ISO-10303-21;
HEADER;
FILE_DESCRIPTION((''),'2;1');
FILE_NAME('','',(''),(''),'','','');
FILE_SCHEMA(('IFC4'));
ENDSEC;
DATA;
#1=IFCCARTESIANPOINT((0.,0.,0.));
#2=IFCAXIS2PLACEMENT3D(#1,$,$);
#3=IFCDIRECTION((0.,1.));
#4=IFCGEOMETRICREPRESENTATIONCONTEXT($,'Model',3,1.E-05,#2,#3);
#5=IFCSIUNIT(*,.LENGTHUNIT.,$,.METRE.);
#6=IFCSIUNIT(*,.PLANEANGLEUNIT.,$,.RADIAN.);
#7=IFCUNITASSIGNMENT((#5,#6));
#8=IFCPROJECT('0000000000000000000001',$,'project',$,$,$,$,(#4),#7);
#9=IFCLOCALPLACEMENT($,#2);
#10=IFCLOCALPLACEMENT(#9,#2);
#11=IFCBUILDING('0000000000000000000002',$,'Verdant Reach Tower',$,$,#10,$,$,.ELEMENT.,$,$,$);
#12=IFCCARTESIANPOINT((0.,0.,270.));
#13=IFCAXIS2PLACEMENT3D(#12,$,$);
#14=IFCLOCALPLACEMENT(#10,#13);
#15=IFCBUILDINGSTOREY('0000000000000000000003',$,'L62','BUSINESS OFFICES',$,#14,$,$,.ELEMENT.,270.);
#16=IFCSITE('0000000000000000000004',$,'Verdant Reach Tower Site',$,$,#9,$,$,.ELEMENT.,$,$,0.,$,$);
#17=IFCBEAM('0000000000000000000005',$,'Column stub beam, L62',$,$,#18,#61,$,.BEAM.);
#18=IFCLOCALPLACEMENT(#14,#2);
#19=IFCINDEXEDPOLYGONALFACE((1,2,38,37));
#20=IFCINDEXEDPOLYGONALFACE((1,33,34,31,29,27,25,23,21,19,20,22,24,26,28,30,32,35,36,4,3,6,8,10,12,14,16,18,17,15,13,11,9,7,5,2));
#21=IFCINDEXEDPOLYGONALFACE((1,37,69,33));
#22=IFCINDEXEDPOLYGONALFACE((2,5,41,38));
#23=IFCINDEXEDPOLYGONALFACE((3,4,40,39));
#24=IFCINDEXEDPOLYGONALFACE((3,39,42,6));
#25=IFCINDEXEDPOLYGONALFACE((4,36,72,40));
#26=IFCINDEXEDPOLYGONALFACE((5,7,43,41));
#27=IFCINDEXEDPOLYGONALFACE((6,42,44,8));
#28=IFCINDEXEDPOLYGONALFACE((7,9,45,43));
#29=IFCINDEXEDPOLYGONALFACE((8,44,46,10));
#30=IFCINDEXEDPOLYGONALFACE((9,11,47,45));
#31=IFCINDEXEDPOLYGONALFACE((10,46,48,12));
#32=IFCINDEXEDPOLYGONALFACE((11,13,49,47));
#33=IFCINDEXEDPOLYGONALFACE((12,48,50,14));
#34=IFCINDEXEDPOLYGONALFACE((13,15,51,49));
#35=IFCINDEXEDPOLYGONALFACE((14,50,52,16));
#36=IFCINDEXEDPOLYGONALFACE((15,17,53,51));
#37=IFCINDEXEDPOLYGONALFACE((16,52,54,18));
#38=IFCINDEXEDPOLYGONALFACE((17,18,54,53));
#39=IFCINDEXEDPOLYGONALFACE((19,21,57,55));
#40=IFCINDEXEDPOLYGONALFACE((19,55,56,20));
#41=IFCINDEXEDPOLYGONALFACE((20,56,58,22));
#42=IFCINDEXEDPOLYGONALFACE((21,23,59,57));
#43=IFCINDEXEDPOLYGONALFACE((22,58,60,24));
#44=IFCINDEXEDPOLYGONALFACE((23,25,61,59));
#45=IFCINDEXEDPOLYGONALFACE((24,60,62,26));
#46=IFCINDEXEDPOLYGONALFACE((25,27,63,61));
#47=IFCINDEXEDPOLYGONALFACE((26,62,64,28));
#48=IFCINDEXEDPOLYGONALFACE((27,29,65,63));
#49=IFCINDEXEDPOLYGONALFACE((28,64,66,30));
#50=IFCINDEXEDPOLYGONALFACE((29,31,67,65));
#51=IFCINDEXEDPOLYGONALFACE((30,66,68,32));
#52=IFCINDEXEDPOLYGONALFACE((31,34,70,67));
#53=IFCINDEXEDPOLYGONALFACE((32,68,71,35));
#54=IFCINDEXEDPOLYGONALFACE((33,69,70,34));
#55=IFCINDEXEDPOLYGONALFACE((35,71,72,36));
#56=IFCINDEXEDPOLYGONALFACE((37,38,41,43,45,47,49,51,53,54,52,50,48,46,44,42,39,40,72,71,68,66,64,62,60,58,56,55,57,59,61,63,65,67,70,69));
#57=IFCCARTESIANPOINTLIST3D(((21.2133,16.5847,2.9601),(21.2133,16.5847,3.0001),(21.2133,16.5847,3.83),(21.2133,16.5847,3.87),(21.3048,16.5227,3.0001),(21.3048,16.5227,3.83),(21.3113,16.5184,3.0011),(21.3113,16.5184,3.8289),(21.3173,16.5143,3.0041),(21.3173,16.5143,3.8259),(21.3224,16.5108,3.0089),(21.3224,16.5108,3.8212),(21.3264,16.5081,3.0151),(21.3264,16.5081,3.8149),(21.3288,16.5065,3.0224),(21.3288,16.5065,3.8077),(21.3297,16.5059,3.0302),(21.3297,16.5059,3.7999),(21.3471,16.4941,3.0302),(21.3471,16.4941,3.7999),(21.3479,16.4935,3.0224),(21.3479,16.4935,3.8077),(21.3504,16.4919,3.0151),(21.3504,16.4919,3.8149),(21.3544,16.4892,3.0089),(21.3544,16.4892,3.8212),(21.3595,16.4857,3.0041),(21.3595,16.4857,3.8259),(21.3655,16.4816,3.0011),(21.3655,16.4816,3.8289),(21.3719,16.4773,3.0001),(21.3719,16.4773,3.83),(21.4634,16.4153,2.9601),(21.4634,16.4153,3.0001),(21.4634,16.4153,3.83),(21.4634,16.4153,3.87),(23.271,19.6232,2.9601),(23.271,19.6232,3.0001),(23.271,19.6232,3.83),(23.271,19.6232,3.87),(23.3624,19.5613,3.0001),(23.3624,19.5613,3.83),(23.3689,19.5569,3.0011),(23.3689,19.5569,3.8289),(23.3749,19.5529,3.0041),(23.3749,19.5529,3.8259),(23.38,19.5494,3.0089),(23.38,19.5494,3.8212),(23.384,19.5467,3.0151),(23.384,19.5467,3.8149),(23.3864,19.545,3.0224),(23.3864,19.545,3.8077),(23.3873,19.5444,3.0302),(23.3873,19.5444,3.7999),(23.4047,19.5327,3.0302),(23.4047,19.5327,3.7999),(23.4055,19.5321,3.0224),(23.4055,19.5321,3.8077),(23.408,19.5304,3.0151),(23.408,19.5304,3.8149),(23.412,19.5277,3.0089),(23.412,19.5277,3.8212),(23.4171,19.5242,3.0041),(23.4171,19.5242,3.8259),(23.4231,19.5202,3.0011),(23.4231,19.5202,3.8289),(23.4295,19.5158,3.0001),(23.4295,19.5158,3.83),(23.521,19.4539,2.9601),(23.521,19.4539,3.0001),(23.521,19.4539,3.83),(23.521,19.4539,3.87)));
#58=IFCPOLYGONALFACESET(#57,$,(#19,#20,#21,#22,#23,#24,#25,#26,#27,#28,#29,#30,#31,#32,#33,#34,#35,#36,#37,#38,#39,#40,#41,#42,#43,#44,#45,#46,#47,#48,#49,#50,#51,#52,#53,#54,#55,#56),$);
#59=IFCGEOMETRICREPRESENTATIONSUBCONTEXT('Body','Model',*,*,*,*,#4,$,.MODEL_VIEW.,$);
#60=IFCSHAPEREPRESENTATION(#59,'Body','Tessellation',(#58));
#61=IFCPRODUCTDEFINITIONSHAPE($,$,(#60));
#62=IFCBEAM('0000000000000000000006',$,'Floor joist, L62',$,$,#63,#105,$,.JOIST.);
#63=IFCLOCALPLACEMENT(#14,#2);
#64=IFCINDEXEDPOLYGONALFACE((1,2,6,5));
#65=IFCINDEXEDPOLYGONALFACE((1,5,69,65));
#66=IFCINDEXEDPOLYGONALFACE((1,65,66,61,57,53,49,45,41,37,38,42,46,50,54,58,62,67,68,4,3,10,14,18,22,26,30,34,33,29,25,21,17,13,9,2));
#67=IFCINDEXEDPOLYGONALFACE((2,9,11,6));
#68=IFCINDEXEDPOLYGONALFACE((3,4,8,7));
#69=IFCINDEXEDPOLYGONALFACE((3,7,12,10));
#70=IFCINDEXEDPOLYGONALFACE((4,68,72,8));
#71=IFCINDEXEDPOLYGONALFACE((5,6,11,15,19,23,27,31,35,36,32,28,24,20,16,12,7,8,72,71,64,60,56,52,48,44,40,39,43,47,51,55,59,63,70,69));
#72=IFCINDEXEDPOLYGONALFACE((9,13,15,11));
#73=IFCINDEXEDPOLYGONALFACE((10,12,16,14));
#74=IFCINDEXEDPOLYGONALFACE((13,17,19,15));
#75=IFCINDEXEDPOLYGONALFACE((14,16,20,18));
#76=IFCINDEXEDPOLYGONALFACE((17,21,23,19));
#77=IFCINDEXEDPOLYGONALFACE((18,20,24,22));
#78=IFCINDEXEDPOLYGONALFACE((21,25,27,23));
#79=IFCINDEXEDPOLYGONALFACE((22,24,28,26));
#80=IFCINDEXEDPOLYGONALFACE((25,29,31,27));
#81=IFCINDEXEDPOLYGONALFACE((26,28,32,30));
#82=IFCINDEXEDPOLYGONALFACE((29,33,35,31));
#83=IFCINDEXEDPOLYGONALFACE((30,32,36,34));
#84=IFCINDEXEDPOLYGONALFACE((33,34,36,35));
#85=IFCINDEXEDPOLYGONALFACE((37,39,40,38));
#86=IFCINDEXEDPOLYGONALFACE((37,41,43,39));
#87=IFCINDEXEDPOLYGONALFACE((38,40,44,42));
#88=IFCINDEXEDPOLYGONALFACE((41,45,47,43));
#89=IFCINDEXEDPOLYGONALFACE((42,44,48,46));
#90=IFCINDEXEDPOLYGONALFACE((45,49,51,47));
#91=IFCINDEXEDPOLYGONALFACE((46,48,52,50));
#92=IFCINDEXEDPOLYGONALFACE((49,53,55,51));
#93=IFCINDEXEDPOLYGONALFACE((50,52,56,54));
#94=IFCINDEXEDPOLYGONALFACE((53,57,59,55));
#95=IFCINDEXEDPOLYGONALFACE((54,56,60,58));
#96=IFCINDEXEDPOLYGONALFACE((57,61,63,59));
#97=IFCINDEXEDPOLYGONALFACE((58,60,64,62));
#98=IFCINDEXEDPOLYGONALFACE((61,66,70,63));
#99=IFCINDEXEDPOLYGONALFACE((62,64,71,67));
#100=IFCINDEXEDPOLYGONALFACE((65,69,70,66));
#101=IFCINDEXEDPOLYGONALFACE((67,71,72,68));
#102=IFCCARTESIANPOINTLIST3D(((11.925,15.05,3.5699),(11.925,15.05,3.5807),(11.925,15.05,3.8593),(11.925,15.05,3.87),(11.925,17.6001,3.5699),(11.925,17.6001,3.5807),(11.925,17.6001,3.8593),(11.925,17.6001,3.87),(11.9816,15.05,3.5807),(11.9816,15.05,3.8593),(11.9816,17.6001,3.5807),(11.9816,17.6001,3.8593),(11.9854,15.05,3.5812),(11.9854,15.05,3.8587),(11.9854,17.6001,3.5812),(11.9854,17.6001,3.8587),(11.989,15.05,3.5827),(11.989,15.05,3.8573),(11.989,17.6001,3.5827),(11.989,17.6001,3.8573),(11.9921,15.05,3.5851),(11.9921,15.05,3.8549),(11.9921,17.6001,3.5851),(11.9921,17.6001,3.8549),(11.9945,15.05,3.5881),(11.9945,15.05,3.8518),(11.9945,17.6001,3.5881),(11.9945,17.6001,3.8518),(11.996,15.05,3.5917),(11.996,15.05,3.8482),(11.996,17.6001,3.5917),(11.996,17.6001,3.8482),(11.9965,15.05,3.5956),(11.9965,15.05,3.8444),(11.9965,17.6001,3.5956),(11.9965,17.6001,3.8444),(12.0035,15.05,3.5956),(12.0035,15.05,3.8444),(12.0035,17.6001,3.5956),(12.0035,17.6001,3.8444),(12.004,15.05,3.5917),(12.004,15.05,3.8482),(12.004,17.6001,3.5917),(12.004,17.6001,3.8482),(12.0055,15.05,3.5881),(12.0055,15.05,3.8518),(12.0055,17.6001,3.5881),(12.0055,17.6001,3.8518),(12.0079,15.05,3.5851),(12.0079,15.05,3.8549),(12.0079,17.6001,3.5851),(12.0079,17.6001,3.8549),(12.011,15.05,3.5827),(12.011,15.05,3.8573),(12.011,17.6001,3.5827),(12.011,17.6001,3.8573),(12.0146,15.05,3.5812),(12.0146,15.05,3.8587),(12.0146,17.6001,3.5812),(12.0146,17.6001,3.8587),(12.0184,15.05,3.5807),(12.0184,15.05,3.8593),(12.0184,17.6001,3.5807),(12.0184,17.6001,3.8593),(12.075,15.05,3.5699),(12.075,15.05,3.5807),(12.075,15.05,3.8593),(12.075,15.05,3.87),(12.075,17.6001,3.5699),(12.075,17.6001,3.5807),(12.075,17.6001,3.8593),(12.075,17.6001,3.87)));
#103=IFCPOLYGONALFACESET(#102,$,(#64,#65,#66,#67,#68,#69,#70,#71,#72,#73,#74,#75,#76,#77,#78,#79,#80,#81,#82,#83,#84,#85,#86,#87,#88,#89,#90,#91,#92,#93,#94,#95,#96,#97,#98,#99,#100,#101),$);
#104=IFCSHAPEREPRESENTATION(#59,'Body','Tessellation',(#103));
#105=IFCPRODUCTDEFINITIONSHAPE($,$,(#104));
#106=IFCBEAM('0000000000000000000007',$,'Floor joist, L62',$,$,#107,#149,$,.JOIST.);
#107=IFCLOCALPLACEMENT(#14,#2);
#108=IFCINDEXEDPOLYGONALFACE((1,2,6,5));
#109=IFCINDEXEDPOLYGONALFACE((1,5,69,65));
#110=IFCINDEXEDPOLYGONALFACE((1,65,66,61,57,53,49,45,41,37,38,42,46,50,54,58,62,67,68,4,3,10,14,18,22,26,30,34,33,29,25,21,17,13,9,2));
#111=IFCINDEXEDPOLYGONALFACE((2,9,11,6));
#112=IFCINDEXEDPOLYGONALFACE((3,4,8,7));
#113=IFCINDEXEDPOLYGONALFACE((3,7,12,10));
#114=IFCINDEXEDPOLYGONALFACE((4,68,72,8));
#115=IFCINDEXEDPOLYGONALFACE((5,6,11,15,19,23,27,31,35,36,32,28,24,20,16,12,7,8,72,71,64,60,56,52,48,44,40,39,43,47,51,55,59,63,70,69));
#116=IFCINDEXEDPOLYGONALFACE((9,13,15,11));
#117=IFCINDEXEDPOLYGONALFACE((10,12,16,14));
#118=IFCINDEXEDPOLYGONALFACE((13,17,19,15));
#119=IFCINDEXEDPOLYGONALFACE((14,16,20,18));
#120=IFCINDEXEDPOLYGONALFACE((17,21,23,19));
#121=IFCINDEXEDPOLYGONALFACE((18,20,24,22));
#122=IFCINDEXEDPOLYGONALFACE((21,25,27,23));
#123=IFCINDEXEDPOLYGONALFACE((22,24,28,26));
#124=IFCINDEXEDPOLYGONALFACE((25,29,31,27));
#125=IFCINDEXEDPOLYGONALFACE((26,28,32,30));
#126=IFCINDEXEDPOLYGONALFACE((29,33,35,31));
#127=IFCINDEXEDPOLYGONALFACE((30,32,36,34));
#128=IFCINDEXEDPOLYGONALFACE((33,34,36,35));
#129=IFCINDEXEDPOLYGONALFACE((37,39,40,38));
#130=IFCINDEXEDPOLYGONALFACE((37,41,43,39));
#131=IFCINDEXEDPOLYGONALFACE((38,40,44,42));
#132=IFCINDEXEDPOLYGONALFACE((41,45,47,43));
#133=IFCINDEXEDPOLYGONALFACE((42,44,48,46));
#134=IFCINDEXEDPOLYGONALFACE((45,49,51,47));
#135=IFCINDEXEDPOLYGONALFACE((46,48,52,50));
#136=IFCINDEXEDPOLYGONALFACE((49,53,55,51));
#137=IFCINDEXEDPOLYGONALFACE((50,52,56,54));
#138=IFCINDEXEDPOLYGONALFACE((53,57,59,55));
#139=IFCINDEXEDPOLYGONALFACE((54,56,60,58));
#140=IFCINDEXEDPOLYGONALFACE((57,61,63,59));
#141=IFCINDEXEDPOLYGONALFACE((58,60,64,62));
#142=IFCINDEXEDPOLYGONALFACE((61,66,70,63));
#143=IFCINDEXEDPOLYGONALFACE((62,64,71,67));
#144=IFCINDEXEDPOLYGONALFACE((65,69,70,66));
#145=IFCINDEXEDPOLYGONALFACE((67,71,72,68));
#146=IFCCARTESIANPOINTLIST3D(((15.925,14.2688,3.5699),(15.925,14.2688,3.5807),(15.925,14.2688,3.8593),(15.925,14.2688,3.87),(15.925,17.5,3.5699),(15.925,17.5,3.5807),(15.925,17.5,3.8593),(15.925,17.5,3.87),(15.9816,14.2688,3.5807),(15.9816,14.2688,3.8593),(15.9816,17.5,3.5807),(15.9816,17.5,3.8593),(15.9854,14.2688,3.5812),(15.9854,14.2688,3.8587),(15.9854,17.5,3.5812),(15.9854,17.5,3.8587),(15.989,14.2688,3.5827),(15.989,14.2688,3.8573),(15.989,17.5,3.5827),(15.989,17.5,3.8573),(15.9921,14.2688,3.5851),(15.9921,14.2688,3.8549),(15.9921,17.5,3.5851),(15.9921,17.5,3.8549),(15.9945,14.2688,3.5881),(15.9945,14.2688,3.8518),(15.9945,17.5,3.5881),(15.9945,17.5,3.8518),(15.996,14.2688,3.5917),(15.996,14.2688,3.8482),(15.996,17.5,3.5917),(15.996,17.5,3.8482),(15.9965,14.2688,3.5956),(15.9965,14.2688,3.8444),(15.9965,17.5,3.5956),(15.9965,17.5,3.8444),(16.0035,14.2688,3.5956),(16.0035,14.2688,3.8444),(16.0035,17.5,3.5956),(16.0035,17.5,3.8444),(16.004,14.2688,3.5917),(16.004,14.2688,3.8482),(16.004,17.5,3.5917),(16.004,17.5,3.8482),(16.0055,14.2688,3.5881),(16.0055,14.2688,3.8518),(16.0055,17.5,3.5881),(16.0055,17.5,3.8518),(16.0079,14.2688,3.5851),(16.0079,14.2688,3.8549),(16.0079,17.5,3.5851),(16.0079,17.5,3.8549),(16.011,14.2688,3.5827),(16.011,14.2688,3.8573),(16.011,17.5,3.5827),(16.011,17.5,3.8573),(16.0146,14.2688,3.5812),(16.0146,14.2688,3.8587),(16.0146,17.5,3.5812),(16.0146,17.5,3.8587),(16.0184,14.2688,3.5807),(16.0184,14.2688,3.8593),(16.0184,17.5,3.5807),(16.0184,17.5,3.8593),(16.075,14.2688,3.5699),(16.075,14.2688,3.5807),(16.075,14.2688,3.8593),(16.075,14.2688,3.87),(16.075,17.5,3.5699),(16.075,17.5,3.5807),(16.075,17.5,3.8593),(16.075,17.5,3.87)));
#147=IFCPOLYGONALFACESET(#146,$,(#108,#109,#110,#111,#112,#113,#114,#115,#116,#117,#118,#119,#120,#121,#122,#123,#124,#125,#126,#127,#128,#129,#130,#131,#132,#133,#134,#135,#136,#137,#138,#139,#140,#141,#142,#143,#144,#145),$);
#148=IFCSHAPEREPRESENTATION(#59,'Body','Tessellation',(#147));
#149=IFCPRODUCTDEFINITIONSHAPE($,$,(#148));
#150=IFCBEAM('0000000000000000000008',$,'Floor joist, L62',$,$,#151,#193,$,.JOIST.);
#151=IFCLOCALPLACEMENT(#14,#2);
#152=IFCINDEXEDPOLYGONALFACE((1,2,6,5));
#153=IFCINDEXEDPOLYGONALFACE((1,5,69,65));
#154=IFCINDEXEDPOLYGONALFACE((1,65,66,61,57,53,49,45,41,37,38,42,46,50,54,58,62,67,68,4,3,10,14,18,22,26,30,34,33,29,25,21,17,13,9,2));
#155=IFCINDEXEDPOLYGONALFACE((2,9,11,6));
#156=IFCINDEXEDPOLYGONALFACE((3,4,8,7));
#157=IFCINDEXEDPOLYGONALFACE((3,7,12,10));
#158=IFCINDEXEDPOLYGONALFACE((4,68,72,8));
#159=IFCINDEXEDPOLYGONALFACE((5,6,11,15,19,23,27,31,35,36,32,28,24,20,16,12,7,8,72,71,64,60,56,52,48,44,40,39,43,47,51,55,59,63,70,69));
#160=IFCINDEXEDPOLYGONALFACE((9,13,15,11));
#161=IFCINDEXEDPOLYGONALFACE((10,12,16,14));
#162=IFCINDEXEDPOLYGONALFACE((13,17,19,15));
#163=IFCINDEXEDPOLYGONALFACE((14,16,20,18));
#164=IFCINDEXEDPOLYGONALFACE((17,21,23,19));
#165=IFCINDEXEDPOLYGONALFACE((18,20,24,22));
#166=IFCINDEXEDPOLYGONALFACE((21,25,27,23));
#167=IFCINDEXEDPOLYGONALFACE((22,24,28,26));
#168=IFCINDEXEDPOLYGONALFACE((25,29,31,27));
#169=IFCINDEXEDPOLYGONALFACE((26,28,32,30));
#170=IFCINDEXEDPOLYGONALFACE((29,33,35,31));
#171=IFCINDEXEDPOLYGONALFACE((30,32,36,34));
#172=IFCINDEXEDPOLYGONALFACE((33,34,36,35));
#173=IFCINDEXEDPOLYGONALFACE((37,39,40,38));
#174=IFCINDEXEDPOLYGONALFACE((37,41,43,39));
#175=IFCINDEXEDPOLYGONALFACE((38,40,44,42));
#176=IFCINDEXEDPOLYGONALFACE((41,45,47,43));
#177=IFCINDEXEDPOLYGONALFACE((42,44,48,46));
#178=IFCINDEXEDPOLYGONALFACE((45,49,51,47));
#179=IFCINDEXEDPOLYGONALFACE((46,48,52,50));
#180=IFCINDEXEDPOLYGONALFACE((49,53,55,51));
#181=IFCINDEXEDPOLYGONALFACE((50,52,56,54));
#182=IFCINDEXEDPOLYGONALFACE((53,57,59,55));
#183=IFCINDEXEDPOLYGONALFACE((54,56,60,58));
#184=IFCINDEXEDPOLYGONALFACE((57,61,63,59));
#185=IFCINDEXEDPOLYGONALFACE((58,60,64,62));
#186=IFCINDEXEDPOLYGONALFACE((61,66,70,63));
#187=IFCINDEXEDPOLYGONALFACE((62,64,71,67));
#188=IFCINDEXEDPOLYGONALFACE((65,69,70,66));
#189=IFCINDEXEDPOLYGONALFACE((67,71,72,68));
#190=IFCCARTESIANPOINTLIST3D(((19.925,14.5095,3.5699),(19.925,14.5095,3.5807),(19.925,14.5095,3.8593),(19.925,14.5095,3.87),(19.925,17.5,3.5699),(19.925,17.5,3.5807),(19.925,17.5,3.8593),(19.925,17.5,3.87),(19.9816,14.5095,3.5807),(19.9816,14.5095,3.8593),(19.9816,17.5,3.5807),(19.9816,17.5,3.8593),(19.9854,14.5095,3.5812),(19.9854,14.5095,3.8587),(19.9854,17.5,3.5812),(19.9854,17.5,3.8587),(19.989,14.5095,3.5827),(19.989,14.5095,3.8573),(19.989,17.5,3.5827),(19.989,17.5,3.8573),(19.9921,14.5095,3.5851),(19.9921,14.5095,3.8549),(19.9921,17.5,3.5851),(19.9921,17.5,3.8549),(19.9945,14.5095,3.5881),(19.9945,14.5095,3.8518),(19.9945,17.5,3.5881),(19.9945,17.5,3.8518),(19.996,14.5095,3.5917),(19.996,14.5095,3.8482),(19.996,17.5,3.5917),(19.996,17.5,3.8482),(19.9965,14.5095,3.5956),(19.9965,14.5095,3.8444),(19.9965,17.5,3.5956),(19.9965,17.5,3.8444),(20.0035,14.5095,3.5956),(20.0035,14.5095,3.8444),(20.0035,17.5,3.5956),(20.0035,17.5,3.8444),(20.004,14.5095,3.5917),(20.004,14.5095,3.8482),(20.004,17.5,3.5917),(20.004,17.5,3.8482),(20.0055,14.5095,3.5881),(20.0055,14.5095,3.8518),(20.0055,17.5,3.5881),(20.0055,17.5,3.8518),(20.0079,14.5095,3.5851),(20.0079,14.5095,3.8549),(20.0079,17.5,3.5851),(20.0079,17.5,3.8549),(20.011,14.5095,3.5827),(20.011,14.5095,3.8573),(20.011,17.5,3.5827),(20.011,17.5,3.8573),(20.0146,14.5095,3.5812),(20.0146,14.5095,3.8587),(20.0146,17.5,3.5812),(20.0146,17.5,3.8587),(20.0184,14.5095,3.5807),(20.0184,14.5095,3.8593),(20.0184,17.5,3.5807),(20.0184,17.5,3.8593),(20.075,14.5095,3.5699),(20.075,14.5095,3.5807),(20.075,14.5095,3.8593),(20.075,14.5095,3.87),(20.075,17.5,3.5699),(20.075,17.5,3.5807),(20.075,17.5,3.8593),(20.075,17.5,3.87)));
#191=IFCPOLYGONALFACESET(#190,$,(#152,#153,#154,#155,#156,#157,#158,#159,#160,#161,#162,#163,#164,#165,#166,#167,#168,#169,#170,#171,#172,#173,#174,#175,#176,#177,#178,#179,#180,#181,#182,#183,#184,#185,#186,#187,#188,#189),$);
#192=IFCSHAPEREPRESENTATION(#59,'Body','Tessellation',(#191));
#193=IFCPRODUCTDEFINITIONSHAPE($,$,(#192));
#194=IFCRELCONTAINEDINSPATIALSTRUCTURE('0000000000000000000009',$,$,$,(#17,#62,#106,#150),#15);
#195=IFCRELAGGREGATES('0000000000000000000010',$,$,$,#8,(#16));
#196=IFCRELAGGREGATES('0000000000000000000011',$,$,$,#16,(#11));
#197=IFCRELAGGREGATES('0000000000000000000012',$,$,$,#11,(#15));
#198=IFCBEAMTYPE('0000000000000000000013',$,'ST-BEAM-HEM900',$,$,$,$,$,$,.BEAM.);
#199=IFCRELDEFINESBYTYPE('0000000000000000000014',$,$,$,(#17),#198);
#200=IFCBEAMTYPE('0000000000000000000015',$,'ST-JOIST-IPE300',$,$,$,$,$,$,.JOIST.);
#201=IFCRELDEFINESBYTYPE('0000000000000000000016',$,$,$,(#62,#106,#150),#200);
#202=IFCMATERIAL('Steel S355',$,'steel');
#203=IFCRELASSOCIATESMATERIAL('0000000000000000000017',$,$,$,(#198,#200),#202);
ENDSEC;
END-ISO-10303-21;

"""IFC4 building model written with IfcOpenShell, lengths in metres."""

from ifc_helpers import new_model, si_unit, direction, frame, origin, origin_2d, place, context, subcontext, project, spatial, i_section, extrude, material, material_profile, profile_set, type_object, element, save


model = new_model("IFC4")

# Units and contexts
model_context = context("Model", 3, precision=1e-05, world=origin(), true_north=direction((0.0, 1.0)))
body_context = subcontext(model_context, "Body", "Model", "MODEL_VIEW")
ifc_project = project(units=[si_unit("LENGTHUNIT", "METRE"), si_unit("PLANEANGLEUNIT", "RADIAN")], contexts=[model_context])

# Site, building, storey
site_placement = place(None, origin())
site = spatial("IfcSite", under=ifc_project, at=site_placement, Name="Verdant Reach Tower Site", CompositionType="ELEMENT", RefElevation=0.0)
building_placement = place(site_placement, origin())
building = spatial("IfcBuilding", under=site, at=building_placement, Name="Verdant Reach Tower", CompositionType="ELEMENT")
storey_placement = place(building_placement, frame((0.0, 0.0, 270.0)))
storey = spatial("IfcBuildingStorey", under=building, at=storey_placement, Name="L62", Description="BUSINESS OFFICES", CompositionType="ELEMENT", Elevation=270.0)

# Beams
ifc_material_1 = material(Name="Steel S355", Category="steel")
ifc_material_profile_1 = material_profile(ifc_material_1, i_section(OverallWidth=0.302, OverallDepth=0.9099, WebThickness=0.021, FlangeThickness=0.04, FilletRadius=0.03, at=origin_2d()), Name="HEM 900")
ifc_profile_set_1 = profile_set([ifc_material_profile_1], Name="Steel S355")
beam_type_1 = type_object("IfcBeamType", Name="ST-BEAM-HEM900", PredefinedType="BEAM", material=ifc_profile_set_1)
beam_1_placement = place(storey_placement, frame((21.3384, 16.5, 3.415), z_axis=(0.560704, 0.828016, 0.0), x_axis=(-0.828016, 0.560704, 0.0)))
element("IfcBeam", 1, at=beam_1_placement, inside=storey, type_object=beam_type_1, Name="Column stub beam, L62", PredefinedType="BEAM", context=body_context, shape_type="SweptSolid", body=[
    extrude(i_section(OverallWidth=0.302, OverallDepth=0.9099, WebThickness=0.021, FlangeThickness=0.04, FilletRadius=0.03, at=origin_2d()), origin(), (0.0, 0.0, 1.0), 3.6697),
])
ifc_material_profile_2 = material_profile(ifc_material_1, i_section(OverallWidth=0.1499, OverallDepth=0.3, WebThickness=0.0071, FlangeThickness=0.0107, FilletRadius=0.0149, at=origin_2d()), Name="IPE 300")
ifc_profile_set_2 = profile_set([ifc_material_profile_2], Name="Steel S355")
beam_type_2 = type_object("IfcBeamType", Name="ST-JOIST-IPE300", PredefinedType="JOIST", material=ifc_profile_set_2)
beam_2_placement = place(storey_placement, frame((12.0, 17.6001, 3.72), z_axis=(0.0, -1.0, 0.0), x_axis=(1.0, 0.0, 0.0)))
element("IfcBeam", 2, at=beam_2_placement, inside=storey, type_object=beam_type_2, Name="Floor joist, L62", PredefinedType="JOIST", context=body_context, shape_type="SweptSolid", body=[
    extrude(i_section(OverallWidth=0.1499, OverallDepth=0.3, WebThickness=0.0071, FlangeThickness=0.0107, FilletRadius=0.0149, at=origin_2d()), origin(), (0.0, 0.0, 1.0), 2.55),
])
beam_3_placement = place(storey_placement, frame((16.0, 17.5, 3.72), z_axis=(0.0, -1.0, 0.0), x_axis=(1.0, 0.0, 0.0)))
element("IfcBeam", 3, at=beam_3_placement, inside=storey, type_object=beam_type_2, Name="Floor joist, L62", PredefinedType="JOIST", context=body_context, shape_type="SweptSolid", body=[
    extrude(i_section(OverallWidth=0.1499, OverallDepth=0.3, WebThickness=0.0071, FlangeThickness=0.0107, FilletRadius=0.0149, at=origin_2d()), origin(), (0.0, 0.0, 1.0), 3.2312),
])
beam_4_placement = place(storey_placement, frame((20.0, 17.5, 3.72), z_axis=(0.0, -1.0, 0.0), x_axis=(1.0, 0.0, 0.0)))
element("IfcBeam", 4, at=beam_4_placement, inside=storey, type_object=beam_type_2, Name="Floor joist, L62", PredefinedType="JOIST", context=body_context, shape_type="SweptSolid", body=[
    extrude(i_section(OverallWidth=0.1499, OverallDepth=0.3, WebThickness=0.0071, FlangeThickness=0.0107, FilletRadius=0.0149, at=origin_2d()), origin(), (0.0, 0.0, 1.0), 2.9905),
])

save(model, "model.ifc")
